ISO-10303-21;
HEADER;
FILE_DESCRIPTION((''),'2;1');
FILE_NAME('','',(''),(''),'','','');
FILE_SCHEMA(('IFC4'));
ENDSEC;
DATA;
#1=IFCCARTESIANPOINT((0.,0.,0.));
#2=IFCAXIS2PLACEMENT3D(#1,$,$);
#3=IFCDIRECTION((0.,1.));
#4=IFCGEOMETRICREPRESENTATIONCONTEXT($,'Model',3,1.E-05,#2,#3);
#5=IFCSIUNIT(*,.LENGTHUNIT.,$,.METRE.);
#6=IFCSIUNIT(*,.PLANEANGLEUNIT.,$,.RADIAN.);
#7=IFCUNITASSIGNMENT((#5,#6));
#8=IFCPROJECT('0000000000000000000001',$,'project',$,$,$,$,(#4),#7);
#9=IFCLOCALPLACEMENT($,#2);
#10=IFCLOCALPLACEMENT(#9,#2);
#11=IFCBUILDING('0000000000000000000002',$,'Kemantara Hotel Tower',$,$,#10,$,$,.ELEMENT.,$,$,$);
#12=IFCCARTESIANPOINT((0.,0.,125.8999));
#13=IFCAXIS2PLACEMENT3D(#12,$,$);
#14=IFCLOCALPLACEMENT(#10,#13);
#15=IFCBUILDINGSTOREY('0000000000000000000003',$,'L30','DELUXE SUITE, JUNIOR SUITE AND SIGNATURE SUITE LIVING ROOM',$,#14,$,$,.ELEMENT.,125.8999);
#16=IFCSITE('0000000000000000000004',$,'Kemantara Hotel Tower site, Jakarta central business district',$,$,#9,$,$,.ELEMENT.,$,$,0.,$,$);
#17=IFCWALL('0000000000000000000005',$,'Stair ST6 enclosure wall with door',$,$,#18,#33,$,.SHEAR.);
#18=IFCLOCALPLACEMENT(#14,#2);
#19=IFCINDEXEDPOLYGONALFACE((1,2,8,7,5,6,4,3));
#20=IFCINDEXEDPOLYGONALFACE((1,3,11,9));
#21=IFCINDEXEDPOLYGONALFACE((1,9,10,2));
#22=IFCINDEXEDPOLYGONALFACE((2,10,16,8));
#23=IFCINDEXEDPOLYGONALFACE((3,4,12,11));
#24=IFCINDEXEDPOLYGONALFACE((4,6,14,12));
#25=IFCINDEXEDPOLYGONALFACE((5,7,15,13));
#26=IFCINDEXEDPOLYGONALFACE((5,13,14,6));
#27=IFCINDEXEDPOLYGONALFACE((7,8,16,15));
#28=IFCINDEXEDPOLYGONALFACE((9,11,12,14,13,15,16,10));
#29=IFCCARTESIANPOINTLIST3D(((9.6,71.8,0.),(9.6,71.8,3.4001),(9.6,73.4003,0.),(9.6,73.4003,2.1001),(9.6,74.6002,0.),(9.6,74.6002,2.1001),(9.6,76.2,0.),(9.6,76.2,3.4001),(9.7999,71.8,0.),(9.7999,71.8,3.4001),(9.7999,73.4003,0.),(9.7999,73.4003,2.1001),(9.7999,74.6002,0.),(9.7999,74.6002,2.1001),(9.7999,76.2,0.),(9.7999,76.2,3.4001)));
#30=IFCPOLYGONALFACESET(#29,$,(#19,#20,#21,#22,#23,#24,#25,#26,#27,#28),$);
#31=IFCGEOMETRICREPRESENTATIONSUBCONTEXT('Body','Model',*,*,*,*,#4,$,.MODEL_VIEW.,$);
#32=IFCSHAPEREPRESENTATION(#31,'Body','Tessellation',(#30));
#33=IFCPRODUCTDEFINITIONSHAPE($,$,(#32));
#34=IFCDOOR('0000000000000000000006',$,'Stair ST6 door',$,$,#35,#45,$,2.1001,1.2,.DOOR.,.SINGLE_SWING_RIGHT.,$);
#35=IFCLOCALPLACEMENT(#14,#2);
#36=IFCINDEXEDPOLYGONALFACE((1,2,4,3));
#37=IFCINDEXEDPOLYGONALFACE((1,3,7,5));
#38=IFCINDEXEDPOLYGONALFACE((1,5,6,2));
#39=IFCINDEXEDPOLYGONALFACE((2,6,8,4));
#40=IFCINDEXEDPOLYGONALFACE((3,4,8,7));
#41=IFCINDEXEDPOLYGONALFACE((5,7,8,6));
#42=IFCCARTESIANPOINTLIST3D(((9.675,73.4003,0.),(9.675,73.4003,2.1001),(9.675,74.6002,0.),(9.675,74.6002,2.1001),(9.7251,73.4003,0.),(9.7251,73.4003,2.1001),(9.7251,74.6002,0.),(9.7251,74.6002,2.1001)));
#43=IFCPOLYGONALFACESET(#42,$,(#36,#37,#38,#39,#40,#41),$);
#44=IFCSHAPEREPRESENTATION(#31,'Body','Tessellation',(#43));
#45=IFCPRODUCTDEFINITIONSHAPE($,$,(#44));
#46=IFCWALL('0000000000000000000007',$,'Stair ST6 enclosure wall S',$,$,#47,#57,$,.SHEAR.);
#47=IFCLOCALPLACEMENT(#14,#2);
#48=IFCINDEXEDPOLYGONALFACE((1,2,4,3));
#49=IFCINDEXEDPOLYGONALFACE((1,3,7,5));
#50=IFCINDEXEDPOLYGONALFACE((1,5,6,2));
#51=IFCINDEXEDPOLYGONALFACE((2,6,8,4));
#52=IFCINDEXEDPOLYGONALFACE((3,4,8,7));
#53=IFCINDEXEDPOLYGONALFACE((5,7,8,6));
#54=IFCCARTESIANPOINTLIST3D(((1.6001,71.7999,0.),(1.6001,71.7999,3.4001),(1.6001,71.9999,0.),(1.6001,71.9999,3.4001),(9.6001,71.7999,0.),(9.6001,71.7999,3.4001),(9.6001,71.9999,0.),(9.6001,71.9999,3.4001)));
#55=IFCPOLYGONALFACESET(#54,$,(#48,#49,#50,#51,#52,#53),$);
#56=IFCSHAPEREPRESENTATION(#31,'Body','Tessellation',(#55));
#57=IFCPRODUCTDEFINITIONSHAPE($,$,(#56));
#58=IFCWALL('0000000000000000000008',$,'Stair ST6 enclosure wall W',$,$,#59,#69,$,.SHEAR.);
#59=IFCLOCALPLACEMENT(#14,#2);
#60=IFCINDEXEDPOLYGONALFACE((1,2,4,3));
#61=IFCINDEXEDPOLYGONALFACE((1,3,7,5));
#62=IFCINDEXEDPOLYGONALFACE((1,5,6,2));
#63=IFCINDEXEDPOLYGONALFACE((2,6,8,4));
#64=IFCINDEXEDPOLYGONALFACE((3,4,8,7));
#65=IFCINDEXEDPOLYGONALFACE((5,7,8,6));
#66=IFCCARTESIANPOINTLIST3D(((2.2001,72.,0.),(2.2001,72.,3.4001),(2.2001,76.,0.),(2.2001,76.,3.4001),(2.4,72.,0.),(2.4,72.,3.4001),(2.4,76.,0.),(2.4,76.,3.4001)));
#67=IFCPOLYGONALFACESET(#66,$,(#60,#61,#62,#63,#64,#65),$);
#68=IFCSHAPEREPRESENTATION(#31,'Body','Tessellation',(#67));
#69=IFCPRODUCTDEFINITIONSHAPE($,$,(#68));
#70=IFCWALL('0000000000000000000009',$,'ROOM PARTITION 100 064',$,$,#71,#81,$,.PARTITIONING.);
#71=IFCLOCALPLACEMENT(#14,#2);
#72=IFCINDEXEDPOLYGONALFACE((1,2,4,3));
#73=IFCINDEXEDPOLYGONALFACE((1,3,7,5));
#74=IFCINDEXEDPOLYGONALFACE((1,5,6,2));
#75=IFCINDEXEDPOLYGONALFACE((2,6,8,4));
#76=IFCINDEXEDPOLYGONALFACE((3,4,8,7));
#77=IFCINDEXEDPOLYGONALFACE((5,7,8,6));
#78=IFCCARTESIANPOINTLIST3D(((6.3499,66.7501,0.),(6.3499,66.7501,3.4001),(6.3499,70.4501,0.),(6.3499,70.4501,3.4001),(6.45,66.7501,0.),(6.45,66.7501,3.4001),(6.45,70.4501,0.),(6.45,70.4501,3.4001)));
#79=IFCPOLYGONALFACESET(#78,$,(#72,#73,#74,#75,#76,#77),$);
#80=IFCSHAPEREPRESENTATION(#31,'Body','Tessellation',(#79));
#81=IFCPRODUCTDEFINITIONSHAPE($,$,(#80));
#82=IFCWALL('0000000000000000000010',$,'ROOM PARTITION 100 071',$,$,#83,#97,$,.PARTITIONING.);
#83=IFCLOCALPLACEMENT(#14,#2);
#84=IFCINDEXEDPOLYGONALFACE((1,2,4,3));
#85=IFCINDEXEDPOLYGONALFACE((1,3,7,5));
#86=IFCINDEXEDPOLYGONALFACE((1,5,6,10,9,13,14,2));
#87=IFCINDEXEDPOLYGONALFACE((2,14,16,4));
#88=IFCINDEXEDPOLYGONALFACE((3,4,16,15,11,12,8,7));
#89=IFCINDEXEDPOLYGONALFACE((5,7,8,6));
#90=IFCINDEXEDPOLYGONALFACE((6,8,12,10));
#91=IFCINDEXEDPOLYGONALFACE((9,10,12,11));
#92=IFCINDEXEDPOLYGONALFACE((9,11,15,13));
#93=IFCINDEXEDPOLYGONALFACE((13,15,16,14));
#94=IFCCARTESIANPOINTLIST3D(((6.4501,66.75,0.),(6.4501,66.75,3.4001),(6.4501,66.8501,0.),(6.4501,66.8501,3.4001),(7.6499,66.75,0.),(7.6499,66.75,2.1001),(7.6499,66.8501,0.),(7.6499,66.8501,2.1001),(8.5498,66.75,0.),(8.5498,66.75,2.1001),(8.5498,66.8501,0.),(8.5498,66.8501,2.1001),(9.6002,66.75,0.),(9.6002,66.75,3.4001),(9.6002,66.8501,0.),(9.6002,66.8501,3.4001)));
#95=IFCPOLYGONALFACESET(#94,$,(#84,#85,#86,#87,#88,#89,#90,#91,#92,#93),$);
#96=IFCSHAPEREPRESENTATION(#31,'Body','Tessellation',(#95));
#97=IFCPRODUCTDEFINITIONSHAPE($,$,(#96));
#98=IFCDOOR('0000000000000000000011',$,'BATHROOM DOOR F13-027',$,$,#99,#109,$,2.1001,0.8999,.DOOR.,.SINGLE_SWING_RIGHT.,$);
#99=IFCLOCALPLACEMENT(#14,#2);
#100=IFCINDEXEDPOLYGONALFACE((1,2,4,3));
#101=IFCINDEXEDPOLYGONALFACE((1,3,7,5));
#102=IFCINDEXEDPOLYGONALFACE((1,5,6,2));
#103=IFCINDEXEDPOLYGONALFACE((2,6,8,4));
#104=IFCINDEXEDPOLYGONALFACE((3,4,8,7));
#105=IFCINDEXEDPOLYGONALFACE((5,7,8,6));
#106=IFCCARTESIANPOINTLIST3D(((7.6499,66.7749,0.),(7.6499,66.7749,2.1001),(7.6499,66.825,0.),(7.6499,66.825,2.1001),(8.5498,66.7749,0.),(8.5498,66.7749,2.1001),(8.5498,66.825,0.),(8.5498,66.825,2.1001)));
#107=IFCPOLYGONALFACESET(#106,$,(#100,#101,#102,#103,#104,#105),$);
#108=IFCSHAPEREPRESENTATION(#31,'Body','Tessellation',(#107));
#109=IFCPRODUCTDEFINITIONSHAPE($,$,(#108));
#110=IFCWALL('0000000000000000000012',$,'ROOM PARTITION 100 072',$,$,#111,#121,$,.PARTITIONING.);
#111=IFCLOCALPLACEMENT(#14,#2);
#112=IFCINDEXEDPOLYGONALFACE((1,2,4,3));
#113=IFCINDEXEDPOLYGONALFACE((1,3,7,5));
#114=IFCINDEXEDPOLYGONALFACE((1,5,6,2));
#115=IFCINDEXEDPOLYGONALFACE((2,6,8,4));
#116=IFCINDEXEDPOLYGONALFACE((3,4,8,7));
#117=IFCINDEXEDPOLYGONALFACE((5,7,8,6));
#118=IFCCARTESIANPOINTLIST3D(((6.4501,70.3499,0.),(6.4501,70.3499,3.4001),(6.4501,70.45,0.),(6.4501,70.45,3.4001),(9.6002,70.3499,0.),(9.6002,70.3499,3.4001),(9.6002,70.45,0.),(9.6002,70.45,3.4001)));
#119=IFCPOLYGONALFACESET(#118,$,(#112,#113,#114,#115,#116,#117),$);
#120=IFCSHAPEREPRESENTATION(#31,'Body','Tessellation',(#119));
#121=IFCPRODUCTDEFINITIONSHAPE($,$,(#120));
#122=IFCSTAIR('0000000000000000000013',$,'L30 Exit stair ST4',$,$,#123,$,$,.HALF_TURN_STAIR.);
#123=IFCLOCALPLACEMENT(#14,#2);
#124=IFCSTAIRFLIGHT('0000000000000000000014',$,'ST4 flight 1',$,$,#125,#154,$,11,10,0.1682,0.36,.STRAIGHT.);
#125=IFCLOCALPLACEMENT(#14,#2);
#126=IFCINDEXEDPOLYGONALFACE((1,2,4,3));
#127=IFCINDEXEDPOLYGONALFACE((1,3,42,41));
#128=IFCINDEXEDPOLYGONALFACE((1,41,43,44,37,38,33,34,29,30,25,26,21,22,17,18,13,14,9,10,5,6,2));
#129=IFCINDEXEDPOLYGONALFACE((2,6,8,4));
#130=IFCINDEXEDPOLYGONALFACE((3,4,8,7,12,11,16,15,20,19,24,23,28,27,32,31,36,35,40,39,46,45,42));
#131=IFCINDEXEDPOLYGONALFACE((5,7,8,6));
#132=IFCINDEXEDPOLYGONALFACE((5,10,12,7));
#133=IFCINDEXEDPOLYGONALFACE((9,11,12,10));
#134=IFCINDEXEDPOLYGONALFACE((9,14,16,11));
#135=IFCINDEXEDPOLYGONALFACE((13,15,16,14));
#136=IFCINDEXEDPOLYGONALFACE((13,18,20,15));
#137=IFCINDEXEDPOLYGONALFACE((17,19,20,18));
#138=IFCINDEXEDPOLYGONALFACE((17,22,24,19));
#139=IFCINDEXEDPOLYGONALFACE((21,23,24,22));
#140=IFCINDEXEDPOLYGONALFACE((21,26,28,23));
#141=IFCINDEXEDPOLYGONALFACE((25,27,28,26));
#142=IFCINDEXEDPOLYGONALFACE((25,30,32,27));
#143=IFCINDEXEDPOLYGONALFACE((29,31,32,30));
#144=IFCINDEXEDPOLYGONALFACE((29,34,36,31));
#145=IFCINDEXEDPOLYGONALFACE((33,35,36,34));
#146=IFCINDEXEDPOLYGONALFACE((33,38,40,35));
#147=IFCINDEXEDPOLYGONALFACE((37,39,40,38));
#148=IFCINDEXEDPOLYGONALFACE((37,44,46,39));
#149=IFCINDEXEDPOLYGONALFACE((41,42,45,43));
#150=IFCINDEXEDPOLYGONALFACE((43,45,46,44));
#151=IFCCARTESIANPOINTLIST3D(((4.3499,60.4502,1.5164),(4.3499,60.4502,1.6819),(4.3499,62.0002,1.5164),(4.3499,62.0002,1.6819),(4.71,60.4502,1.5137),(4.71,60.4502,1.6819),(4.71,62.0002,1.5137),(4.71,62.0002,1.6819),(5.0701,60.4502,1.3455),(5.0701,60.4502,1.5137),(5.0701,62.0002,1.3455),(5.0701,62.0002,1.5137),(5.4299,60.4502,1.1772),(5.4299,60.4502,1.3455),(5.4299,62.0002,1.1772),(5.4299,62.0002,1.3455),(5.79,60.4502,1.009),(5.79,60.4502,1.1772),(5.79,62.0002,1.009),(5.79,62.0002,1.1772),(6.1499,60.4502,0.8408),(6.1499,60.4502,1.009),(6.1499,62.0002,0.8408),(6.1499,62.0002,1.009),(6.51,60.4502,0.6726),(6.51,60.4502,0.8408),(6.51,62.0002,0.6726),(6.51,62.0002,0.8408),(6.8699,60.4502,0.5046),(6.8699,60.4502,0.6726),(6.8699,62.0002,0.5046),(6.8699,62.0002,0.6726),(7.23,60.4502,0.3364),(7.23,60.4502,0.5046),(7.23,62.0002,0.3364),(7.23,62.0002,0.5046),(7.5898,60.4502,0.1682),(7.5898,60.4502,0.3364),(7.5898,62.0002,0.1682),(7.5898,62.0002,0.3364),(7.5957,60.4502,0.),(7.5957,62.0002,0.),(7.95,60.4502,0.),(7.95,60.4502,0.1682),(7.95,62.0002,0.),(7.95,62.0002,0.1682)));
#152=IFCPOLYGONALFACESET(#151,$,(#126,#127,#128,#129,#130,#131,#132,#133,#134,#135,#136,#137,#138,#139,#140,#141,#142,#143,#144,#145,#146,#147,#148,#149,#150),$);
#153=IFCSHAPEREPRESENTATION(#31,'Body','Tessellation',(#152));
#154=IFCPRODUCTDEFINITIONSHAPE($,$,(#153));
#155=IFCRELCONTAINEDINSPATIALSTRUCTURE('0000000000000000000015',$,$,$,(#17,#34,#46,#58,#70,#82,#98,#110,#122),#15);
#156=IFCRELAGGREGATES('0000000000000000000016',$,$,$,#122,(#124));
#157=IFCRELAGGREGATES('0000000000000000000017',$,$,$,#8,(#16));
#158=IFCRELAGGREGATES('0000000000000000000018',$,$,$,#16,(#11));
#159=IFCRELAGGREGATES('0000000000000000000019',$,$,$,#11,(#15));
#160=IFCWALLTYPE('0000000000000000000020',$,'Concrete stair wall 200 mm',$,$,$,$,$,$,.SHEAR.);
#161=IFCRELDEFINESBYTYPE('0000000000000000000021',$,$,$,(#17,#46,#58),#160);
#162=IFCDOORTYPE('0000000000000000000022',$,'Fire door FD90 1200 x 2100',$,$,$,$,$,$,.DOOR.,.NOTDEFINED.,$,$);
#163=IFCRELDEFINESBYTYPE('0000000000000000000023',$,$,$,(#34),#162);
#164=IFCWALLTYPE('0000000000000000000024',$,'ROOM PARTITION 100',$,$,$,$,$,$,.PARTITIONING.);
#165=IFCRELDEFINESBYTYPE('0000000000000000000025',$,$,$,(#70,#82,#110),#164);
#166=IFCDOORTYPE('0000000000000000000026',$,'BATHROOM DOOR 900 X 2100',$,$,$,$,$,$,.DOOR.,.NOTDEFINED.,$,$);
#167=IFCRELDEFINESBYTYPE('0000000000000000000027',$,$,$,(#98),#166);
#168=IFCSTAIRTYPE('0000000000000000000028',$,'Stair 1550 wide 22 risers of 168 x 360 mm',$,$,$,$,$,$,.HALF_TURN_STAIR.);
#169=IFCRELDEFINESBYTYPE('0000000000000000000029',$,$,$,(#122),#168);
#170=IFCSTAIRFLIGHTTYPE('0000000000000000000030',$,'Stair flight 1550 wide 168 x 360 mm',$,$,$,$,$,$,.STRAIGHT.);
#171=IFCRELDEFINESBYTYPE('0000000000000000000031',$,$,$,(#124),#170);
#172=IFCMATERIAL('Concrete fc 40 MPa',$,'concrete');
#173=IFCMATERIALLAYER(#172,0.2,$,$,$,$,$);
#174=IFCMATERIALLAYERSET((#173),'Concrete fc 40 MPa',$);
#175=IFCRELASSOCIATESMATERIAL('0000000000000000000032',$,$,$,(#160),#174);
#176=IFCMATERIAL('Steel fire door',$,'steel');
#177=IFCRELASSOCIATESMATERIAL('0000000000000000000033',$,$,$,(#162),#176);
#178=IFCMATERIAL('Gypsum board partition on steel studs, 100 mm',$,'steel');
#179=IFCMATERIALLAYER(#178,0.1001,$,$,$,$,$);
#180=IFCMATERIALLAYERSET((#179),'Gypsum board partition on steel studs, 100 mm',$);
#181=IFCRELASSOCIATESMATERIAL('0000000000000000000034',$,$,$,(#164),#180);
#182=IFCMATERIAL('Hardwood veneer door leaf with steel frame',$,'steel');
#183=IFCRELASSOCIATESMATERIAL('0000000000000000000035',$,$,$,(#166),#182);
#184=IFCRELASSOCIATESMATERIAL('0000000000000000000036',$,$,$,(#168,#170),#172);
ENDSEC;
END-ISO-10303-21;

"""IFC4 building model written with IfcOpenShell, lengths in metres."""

from ifc_helpers import new_model, si_unit, direction, frame, frame_2d, origin, place, context, subcontext, project, spatial, polyline, rectangle, outline, extrude, material, layer, layer_set, type_object, element, fill, aggregate, save


model = new_model("IFC4")

# Units and contexts
model_context = context("Model", 3, precision=1e-05, world=origin(), true_north=direction((0.0, 1.0)))
body_context = subcontext(model_context, "Body", "Model", "MODEL_VIEW")
ifc_project = project(units=[si_unit("LENGTHUNIT", "METRE"), si_unit("PLANEANGLEUNIT", "RADIAN")], contexts=[model_context])

# Site, building, storey
site_placement = place(None, origin())
site = spatial("IfcSite", under=ifc_project, at=site_placement, Name="Kemantara Hotel Tower site, Jakarta central business district", CompositionType="ELEMENT", RefElevation=0.0)
building_placement = place(site_placement, origin())
building = spatial("IfcBuilding", under=site, at=building_placement, Name="Kemantara Hotel Tower", CompositionType="ELEMENT")
storey_placement = place(building_placement, frame((0.0, 0.0, 125.8999)))
storey = spatial("IfcBuildingStorey", under=building, at=storey_placement, Name="L30", Description="DELUXE SUITE, JUNIOR SUITE AND SIGNATURE SUITE LIVING ROOM", CompositionType="ELEMENT", Elevation=125.8999)

# Shared definitions
ifc_material_1 = material(Name="Hardwood veneer door leaf with steel frame", Category="steel")

# Shared definitions
ifc_material_2 = material(Name="Concrete fc 40 MPa", Category="concrete")
ifc_layer_1 = layer(ifc_material_2, 0.2)
ifc_layer_set_1 = layer_set([ifc_layer_1], Name="Concrete fc 40 MPa")
wall_type_1 = type_object("IfcWallType", Name="Concrete stair wall 200 mm", PredefinedType="SHEAR", material=ifc_layer_set_1)

# Wall, opening, door
wall_1_placement = place(storey_placement, frame((9.7, 71.8, 0.0), z_axis=(0.0, 0.0, 1.0), x_axis=(0.0, 1.0, 0.0)))
wall_1 = element("IfcWall", 1, at=wall_1_placement, inside=storey, type_object=wall_type_1, Name="Stair ST6 enclosure wall with door", PredefinedType="SHEAR", context=body_context, shape_type="SweptSolid", body=[
    extrude(rectangle(XDim=4.3999, YDim=0.2, at=frame_2d((2.2, 0.0))), origin(), (0.0, 0.0, 1.0), 3.4001),
])
opening_1_placement = place(wall_1_placement, frame((1.6001, 0.0, 0.0)))
opening_1 = element("IfcOpeningElement", 2, at=opening_1_placement, cuts=wall_1, PredefinedType="OPENING", context=body_context, shape_type="SweptSolid", body=[
    extrude(rectangle(XDim=1.2, YDim=2.1001, at=frame_2d((0.6001, 1.05))), frame((0.0, 0.1099, 0.0), z_axis=(0.0, -1.0, 0.0), x_axis=(1.0, 0.0, 0.0)), (0.0, 0.0, 1.0), 0.22),
])
ifc_material_3 = material(Name="Steel fire door", Category="steel")
door_type_1 = type_object("IfcDoorType", Name="Fire door FD90 1200 x 2100", OperationType="NOTDEFINED", PredefinedType="DOOR", material=ifc_material_3)
door_1_placement = place(opening_1_placement, origin())
door_1 = element("IfcDoor", 3, at=door_1_placement, inside=storey, type_object=door_type_1, Name="Stair ST6 door", OperationType="SINGLE_SWING_RIGHT", OverallHeight=2.1001, OverallWidth=1.2, PredefinedType="DOOR", context=body_context, shape_type="SweptSolid", body=[
    extrude(rectangle(XDim=1.2, YDim=2.1001, at=frame_2d((0.6001, 1.05))), frame((0.0, 0.0249, 0.0), z_axis=(0.0, -1.0, 0.0), x_axis=(1.0, 0.0, 0.0)), (0.0, 0.0, 1.0), 0.05),
])
fill(opening_1, door_1)

# Walls
wall_2_placement = place(storey_placement, frame((1.6001, 71.8999, 0.0), z_axis=(0.0, 0.0, 1.0), x_axis=(1.0, 0.0, 0.0)))
element("IfcWall", 4, at=wall_2_placement, inside=storey, type_object=wall_type_1, Name="Stair ST6 enclosure wall S", PredefinedType="SHEAR", context=body_context, shape_type="SweptSolid", body=[
    extrude(rectangle(XDim=8.0, YDim=0.2, at=frame_2d((4.0, 0.0))), origin(), (0.0, 0.0, 1.0), 3.4001),
])
wall_3_placement = place(storey_placement, frame((2.3, 72.0, 0.0), z_axis=(0.0, 0.0, 1.0), x_axis=(0.0, 1.0, 0.0)))
element("IfcWall", 5, at=wall_3_placement, inside=storey, type_object=wall_type_1, Name="Stair ST6 enclosure wall W", PredefinedType="SHEAR", context=body_context, shape_type="SweptSolid", body=[
    extrude(rectangle(XDim=4.0, YDim=0.2, at=frame_2d((2.0, 0.0))), origin(), (0.0, 0.0, 1.0), 3.4001),
])
ifc_material_4 = material(Name="Gypsum board partition on steel studs, 100 mm", Category="steel")
ifc_layer_2 = layer(ifc_material_4, 0.1001)
ifc_layer_set_2 = layer_set([ifc_layer_2], Name="Gypsum board partition on steel studs, 100 mm")
wall_type_2 = type_object("IfcWallType", Name="ROOM PARTITION 100", PredefinedType="PARTITIONING", material=ifc_layer_set_2)
wall_4_placement = place(storey_placement, frame((6.3999, 66.75, 0.0), z_axis=(0.0, 0.0, 1.0), x_axis=(0.0, 1.0, 0.0)))
element("IfcWall", 6, at=wall_4_placement, inside=storey, type_object=wall_type_2, Name="ROOM PARTITION 100 064", PredefinedType="PARTITIONING", context=body_context, shape_type="SweptSolid", body=[
    extrude(rectangle(XDim=3.7, YDim=0.1001, at=frame_2d((1.8501, 0.0))), origin(), (0.0, 0.0, 1.0), 3.4001),
])

# Wall, opening, door
wall_5_placement = place(storey_placement, frame((6.45, 66.8, 0.0), z_axis=(0.0, 0.0, 1.0), x_axis=(1.0, 0.0, 0.0)))
wall_5 = element("IfcWall", 7, at=wall_5_placement, inside=storey, type_object=wall_type_2, Name="ROOM PARTITION 100 071", PredefinedType="PARTITIONING", context=body_context, shape_type="SweptSolid", body=[
    extrude(rectangle(XDim=3.1501, YDim=0.1001, at=frame_2d((1.5752, 0.0))), origin(), (0.0, 0.0, 1.0), 3.4001),
])
opening_2_placement = place(wall_5_placement, frame((1.2, 0.0, 0.0)))
opening_2 = element("IfcOpeningElement", 8, at=opening_2_placement, cuts=wall_5, PredefinedType="OPENING", context=body_context, shape_type="SweptSolid", body=[
    extrude(rectangle(XDim=0.8999, YDim=2.1001, at=frame_2d((0.45, 1.05))), frame((0.0, 0.0601, 0.0), z_axis=(0.0, -1.0, 0.0), x_axis=(1.0, 0.0, 0.0)), (0.0, 0.0, 1.0), 0.1201),
])
door_type_2 = type_object("IfcDoorType", Name="BATHROOM DOOR 900 X 2100", OperationType="NOTDEFINED", PredefinedType="DOOR", material=ifc_material_1)
door_2_placement = place(opening_2_placement, origin())
door_2 = element("IfcDoor", 9, at=door_2_placement, inside=storey, type_object=door_type_2, Name="BATHROOM DOOR F13-027", OperationType="SINGLE_SWING_RIGHT", OverallHeight=2.1001, OverallWidth=0.8999, PredefinedType="DOOR", context=body_context, shape_type="SweptSolid", body=[
    extrude(rectangle(XDim=0.8999, YDim=2.1001, at=frame_2d((0.45, 1.05))), frame((0.0, 0.0249, 0.0), z_axis=(0.0, -1.0, 0.0), x_axis=(1.0, 0.0, 0.0)), (0.0, 0.0, 1.0), 0.05),
])
fill(opening_2, door_2)

# Wall
wall_6_placement = place(storey_placement, frame((6.45, 70.3999, 0.0), z_axis=(0.0, 0.0, 1.0), x_axis=(1.0, 0.0, 0.0)))
element("IfcWall", 10, at=wall_6_placement, inside=storey, type_object=wall_type_2, Name="ROOM PARTITION 100 072", PredefinedType="PARTITIONING", context=body_context, shape_type="SweptSolid", body=[
    extrude(rectangle(XDim=3.1501, YDim=0.1001, at=frame_2d((1.5752, 0.0))), origin(), (0.0, 0.0, 1.0), 3.4001),
])

# Stair, stair flight
stair_type = type_object("IfcStairType", Name="Stair 1550 wide 22 risers of 168 x 360 mm", PredefinedType="HALF_TURN_STAIR", material=ifc_material_2)
stair_placement = place(storey_placement, origin())
stair = element("IfcStair", 11, at=stair_placement, inside=storey, type_object=stair_type, Name="L30 Exit stair ST4", PredefinedType="HALF_TURN_STAIR")
stair_flight_type = type_object("IfcStairFlightType", Name="Stair flight 1550 wide 168 x 360 mm", PredefinedType="STRAIGHT", material=ifc_material_2)
stair_flight_1_placement = place(storey_placement, frame((7.95, 61.2251, 0.0), z_axis=(0.0, 0.0, 1.0), x_axis=(-1.0, 0.0, 0.0)))
stair_flight_1 = element("IfcStairFlight", 12, at=stair_flight_1_placement, type_object=stair_flight_type, Name="ST4 flight 1", NumberOfRisers=11, NumberOfTreads=10, PredefinedType="STRAIGHT", RiserHeight=0.1682, TreadLength=0.36, context=body_context, shape_type="SweptSolid", body=[
    extrude(outline(polyline([(0.0, 0.0), (0.0, 0.1682), (0.3601, 0.1682), (0.3601, 0.3364), (0.72, 0.3364), (0.72, 0.5046), (1.0801, 0.5046), (1.0801, 0.6726), (1.4399, 0.6726), (1.4399, 0.8408), (1.8, 0.8408), (1.8, 1.009), (2.1599, 1.009), (2.1599, 1.1772), (2.52, 1.1772), (2.52, 1.3455), (2.8799, 1.3455), (2.8799, 1.5137), (3.24, 1.5137), (3.24, 1.6819), (3.6001, 1.6819), (3.6001, 1.8501), (3.6001, 1.5164), (0.3542, 0.0), (0.0, 0.0)])), frame((0.0, 0.7749, 0.0), z_axis=(0.0, -1.0, 0.0), x_axis=(1.0, 0.0, 0.0)), (0.0, 0.0, 1.0), 1.55),
])
aggregate(stair, [stair_flight_1])

save(model, "model.ifc")
